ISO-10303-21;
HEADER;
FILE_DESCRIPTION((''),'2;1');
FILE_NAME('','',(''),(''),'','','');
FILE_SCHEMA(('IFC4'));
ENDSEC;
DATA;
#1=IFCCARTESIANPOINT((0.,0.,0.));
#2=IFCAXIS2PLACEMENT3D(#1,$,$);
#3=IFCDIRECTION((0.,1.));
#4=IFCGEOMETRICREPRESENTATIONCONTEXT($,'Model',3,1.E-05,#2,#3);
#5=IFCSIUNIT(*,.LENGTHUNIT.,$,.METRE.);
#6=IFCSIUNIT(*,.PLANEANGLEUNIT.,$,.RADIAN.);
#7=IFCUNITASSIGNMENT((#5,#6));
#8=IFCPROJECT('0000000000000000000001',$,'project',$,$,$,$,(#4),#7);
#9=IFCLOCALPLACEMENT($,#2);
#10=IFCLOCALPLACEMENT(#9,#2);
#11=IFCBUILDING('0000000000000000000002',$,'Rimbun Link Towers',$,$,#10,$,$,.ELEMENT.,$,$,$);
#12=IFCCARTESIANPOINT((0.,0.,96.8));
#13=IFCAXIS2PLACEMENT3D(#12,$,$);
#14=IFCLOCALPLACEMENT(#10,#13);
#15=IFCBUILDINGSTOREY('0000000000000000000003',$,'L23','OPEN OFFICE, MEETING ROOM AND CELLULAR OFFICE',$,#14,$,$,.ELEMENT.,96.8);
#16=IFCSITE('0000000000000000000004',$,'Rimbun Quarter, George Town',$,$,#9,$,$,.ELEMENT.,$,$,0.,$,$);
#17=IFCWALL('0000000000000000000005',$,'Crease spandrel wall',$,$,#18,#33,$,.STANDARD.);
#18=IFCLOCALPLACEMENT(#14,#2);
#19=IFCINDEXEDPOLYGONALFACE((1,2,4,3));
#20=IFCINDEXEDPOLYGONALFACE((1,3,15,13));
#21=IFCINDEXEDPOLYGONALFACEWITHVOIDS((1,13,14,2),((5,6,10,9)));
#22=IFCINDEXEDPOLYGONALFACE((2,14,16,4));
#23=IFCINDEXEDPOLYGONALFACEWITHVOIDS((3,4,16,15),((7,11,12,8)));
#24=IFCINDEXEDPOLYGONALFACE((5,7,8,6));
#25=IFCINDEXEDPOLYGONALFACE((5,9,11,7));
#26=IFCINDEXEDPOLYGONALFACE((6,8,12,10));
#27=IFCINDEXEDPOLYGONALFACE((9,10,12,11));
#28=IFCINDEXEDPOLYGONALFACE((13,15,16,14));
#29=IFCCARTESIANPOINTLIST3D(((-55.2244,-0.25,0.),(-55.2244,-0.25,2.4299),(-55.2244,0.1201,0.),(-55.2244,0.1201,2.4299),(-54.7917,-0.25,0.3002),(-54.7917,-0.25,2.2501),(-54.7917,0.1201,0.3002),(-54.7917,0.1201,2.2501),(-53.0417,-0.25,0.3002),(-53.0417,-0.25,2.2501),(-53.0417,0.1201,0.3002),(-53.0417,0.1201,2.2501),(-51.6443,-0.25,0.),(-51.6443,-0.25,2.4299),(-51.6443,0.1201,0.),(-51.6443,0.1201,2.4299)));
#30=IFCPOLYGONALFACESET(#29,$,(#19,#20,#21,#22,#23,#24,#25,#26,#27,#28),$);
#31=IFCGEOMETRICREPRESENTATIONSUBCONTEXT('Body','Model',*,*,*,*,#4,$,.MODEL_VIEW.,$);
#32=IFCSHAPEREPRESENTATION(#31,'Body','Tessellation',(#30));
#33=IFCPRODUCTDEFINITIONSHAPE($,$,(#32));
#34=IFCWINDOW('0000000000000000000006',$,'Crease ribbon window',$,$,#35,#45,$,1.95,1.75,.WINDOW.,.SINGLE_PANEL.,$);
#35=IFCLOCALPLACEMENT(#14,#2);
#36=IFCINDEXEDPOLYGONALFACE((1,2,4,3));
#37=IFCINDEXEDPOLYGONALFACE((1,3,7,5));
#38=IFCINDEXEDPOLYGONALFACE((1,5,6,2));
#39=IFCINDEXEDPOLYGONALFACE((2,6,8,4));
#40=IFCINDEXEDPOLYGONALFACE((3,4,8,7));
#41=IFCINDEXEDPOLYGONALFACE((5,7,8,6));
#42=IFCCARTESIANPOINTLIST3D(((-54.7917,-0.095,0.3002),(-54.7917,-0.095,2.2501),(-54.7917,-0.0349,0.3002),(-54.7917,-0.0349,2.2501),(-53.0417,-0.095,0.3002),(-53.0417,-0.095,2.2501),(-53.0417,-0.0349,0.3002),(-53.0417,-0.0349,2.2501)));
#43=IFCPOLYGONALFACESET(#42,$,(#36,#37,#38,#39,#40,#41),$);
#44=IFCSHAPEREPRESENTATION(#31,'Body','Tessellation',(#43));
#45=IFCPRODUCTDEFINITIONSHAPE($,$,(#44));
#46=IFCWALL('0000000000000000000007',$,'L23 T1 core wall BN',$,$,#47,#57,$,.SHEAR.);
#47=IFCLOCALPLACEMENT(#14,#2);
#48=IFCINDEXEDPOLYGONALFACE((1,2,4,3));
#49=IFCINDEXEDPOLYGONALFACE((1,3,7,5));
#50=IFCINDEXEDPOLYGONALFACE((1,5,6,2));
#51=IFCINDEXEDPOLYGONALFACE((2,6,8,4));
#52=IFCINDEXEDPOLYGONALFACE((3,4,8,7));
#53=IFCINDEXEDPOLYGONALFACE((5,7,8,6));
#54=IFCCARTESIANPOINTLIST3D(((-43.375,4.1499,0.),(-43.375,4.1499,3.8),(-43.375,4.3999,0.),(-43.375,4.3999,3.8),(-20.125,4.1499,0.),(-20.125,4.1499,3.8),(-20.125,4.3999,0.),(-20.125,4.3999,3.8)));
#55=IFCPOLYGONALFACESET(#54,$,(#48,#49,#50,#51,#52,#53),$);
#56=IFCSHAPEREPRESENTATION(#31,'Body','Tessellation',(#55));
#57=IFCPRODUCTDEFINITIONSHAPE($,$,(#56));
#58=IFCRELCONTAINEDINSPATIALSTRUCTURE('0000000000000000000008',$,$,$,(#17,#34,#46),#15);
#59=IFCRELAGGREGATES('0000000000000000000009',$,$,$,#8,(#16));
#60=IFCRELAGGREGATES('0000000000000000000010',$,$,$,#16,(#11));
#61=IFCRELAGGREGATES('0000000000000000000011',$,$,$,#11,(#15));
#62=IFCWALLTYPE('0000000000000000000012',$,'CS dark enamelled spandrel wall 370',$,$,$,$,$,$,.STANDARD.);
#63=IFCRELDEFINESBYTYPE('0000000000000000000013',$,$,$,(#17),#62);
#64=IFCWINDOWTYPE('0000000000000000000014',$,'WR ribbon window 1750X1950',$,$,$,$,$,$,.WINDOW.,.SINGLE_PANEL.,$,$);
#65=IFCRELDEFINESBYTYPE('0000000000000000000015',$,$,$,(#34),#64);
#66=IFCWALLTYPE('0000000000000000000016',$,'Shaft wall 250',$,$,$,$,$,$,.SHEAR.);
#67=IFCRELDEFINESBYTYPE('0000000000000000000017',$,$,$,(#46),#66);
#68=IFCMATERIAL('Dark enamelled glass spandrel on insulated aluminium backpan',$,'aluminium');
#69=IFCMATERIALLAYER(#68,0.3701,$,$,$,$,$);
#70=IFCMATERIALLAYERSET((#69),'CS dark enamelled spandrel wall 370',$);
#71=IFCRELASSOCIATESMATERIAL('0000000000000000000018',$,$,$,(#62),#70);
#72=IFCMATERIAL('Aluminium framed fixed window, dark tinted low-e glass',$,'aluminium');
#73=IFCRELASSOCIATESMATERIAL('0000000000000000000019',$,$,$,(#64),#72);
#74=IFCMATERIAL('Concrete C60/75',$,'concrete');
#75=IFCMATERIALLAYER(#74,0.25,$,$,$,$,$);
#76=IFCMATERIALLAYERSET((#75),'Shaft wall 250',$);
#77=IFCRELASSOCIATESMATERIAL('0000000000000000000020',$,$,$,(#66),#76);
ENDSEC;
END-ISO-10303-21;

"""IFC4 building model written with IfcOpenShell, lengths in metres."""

from ifc_helpers import new_model, si_unit, direction, frame, frame_2d, origin, place, context, subcontext, project, spatial, rectangle, extrude, material, layer, layer_set, type_object, element, fill, save


model = new_model("IFC4")

# Units and contexts
model_context = context("Model", 3, precision=1e-05, world=origin(), true_north=direction((0.0, 1.0)))
body_context = subcontext(model_context, "Body", "Model", "MODEL_VIEW")
ifc_project = project(units=[si_unit("LENGTHUNIT", "METRE"), si_unit("PLANEANGLEUNIT", "RADIAN")], contexts=[model_context])

# Site, building, storey
site_placement = place(None, origin())
site = spatial("IfcSite", under=ifc_project, at=site_placement, Name="Rimbun Quarter, George Town", CompositionType="ELEMENT", RefElevation=0.0)
building_placement = place(site_placement, origin())
building = spatial("IfcBuilding", under=site, at=building_placement, Name="Rimbun Link Towers", CompositionType="ELEMENT")
storey_placement = place(building_placement, frame((0.0, 0.0, 96.8)))
storey = spatial("IfcBuildingStorey", under=building, at=storey_placement, Name="L23", Description="OPEN OFFICE, MEETING ROOM AND CELLULAR OFFICE", CompositionType="ELEMENT", Elevation=96.8)

# Wall, opening, window
ifc_material_1 = material(Name="Dark enamelled glass spandrel on insulated aluminium backpan", Category="aluminium")
ifc_layer_1 = layer(ifc_material_1, 0.3701)
ifc_layer_set_1 = layer_set([ifc_layer_1], Name="CS dark enamelled spandrel wall 370")
wall_type_1 = type_object("IfcWallType", Name="CS dark enamelled spandrel wall 370", PredefinedType="STANDARD", material=ifc_layer_set_1)
wall_1_placement = place(storey_placement, frame((-51.6443, -0.0649, 0.0), z_axis=(0.0, 0.0, 1.0), x_axis=(-1.0, 0.0, 0.0)))
wall_1 = element("IfcWall", 1, at=wall_1_placement, inside=storey, type_object=wall_type_1, Name="Crease spandrel wall", PredefinedType="STANDARD", context=body_context, shape_type="SweptSolid", body=[
    extrude(rectangle(XDim=3.5801, YDim=0.3701, at=frame_2d((1.79, 0.0))), origin(), (0.0, 0.0, 1.0), 2.4299),
])
opening_1_placement = place(wall_1_placement, frame((1.3975, 0.0, 0.3)))
opening_1 = element("IfcOpeningElement", 2, at=opening_1_placement, cuts=wall_1, PredefinedType="OPENING", context=body_context, shape_type="SweptSolid", body=[
    extrude(rectangle(XDim=1.75, YDim=1.95, at=frame_2d((0.875, 0.9751))), frame((0.0, 0.1951, 0.0), z_axis=(0.0, -1.0, 0.0), x_axis=(1.0, 0.0, 0.0)), (0.0, 0.0, 1.0), 0.3901),
])
ifc_material_2 = material(Name="Aluminium framed fixed window, dark tinted low-e glass", Category="aluminium")
window_type = type_object("IfcWindowType", Name="WR ribbon window 1750X1950", PartitioningType="SINGLE_PANEL", PredefinedType="WINDOW", material=ifc_material_2)
window_placement = place(opening_1_placement, origin())
window = element("IfcWindow", 3, at=window_placement, inside=storey, type_object=window_type, Name="Crease ribbon window", OverallHeight=1.95, OverallWidth=1.75, PartitioningType="SINGLE_PANEL", PredefinedType="WINDOW", context=body_context, shape_type="SweptSolid", body=[
    extrude(rectangle(XDim=1.75, YDim=1.95, at=frame_2d((0.875, 0.9751))), frame((0.0, 0.03, 0.0), z_axis=(0.0, -1.0, 0.0), x_axis=(1.0, 0.0, 0.0)), (0.0, 0.0, 1.0), 0.0601),
])
fill(opening_1, window)

# Wall
ifc_material_3 = material(Name="Concrete C60/75", Category="concrete")
ifc_layer_2 = layer(ifc_material_3, 0.25)
ifc_layer_set_2 = layer_set([ifc_layer_2], Name="Shaft wall 250")
wall_type_2 = type_object("IfcWallType", Name="Shaft wall 250", PredefinedType="SHEAR", material=ifc_layer_set_2)
wall_2_placement = place(storey_placement, frame((-43.375, 4.2749, 0.0), z_axis=(0.0, 0.0, 1.0), x_axis=(1.0, 0.0, 0.0)))
element("IfcWall", 4, at=wall_2_placement, inside=storey, type_object=wall_type_2, Name="L23 T1 core wall BN", PredefinedType="SHEAR", context=body_context, shape_type="SweptSolid", body=[
    extrude(rectangle(XDim=23.25, YDim=0.25, at=frame_2d((11.625, 0.0))), origin(), (0.0, 0.0, 1.0), 3.8),
])

save(model, "model.ifc")
